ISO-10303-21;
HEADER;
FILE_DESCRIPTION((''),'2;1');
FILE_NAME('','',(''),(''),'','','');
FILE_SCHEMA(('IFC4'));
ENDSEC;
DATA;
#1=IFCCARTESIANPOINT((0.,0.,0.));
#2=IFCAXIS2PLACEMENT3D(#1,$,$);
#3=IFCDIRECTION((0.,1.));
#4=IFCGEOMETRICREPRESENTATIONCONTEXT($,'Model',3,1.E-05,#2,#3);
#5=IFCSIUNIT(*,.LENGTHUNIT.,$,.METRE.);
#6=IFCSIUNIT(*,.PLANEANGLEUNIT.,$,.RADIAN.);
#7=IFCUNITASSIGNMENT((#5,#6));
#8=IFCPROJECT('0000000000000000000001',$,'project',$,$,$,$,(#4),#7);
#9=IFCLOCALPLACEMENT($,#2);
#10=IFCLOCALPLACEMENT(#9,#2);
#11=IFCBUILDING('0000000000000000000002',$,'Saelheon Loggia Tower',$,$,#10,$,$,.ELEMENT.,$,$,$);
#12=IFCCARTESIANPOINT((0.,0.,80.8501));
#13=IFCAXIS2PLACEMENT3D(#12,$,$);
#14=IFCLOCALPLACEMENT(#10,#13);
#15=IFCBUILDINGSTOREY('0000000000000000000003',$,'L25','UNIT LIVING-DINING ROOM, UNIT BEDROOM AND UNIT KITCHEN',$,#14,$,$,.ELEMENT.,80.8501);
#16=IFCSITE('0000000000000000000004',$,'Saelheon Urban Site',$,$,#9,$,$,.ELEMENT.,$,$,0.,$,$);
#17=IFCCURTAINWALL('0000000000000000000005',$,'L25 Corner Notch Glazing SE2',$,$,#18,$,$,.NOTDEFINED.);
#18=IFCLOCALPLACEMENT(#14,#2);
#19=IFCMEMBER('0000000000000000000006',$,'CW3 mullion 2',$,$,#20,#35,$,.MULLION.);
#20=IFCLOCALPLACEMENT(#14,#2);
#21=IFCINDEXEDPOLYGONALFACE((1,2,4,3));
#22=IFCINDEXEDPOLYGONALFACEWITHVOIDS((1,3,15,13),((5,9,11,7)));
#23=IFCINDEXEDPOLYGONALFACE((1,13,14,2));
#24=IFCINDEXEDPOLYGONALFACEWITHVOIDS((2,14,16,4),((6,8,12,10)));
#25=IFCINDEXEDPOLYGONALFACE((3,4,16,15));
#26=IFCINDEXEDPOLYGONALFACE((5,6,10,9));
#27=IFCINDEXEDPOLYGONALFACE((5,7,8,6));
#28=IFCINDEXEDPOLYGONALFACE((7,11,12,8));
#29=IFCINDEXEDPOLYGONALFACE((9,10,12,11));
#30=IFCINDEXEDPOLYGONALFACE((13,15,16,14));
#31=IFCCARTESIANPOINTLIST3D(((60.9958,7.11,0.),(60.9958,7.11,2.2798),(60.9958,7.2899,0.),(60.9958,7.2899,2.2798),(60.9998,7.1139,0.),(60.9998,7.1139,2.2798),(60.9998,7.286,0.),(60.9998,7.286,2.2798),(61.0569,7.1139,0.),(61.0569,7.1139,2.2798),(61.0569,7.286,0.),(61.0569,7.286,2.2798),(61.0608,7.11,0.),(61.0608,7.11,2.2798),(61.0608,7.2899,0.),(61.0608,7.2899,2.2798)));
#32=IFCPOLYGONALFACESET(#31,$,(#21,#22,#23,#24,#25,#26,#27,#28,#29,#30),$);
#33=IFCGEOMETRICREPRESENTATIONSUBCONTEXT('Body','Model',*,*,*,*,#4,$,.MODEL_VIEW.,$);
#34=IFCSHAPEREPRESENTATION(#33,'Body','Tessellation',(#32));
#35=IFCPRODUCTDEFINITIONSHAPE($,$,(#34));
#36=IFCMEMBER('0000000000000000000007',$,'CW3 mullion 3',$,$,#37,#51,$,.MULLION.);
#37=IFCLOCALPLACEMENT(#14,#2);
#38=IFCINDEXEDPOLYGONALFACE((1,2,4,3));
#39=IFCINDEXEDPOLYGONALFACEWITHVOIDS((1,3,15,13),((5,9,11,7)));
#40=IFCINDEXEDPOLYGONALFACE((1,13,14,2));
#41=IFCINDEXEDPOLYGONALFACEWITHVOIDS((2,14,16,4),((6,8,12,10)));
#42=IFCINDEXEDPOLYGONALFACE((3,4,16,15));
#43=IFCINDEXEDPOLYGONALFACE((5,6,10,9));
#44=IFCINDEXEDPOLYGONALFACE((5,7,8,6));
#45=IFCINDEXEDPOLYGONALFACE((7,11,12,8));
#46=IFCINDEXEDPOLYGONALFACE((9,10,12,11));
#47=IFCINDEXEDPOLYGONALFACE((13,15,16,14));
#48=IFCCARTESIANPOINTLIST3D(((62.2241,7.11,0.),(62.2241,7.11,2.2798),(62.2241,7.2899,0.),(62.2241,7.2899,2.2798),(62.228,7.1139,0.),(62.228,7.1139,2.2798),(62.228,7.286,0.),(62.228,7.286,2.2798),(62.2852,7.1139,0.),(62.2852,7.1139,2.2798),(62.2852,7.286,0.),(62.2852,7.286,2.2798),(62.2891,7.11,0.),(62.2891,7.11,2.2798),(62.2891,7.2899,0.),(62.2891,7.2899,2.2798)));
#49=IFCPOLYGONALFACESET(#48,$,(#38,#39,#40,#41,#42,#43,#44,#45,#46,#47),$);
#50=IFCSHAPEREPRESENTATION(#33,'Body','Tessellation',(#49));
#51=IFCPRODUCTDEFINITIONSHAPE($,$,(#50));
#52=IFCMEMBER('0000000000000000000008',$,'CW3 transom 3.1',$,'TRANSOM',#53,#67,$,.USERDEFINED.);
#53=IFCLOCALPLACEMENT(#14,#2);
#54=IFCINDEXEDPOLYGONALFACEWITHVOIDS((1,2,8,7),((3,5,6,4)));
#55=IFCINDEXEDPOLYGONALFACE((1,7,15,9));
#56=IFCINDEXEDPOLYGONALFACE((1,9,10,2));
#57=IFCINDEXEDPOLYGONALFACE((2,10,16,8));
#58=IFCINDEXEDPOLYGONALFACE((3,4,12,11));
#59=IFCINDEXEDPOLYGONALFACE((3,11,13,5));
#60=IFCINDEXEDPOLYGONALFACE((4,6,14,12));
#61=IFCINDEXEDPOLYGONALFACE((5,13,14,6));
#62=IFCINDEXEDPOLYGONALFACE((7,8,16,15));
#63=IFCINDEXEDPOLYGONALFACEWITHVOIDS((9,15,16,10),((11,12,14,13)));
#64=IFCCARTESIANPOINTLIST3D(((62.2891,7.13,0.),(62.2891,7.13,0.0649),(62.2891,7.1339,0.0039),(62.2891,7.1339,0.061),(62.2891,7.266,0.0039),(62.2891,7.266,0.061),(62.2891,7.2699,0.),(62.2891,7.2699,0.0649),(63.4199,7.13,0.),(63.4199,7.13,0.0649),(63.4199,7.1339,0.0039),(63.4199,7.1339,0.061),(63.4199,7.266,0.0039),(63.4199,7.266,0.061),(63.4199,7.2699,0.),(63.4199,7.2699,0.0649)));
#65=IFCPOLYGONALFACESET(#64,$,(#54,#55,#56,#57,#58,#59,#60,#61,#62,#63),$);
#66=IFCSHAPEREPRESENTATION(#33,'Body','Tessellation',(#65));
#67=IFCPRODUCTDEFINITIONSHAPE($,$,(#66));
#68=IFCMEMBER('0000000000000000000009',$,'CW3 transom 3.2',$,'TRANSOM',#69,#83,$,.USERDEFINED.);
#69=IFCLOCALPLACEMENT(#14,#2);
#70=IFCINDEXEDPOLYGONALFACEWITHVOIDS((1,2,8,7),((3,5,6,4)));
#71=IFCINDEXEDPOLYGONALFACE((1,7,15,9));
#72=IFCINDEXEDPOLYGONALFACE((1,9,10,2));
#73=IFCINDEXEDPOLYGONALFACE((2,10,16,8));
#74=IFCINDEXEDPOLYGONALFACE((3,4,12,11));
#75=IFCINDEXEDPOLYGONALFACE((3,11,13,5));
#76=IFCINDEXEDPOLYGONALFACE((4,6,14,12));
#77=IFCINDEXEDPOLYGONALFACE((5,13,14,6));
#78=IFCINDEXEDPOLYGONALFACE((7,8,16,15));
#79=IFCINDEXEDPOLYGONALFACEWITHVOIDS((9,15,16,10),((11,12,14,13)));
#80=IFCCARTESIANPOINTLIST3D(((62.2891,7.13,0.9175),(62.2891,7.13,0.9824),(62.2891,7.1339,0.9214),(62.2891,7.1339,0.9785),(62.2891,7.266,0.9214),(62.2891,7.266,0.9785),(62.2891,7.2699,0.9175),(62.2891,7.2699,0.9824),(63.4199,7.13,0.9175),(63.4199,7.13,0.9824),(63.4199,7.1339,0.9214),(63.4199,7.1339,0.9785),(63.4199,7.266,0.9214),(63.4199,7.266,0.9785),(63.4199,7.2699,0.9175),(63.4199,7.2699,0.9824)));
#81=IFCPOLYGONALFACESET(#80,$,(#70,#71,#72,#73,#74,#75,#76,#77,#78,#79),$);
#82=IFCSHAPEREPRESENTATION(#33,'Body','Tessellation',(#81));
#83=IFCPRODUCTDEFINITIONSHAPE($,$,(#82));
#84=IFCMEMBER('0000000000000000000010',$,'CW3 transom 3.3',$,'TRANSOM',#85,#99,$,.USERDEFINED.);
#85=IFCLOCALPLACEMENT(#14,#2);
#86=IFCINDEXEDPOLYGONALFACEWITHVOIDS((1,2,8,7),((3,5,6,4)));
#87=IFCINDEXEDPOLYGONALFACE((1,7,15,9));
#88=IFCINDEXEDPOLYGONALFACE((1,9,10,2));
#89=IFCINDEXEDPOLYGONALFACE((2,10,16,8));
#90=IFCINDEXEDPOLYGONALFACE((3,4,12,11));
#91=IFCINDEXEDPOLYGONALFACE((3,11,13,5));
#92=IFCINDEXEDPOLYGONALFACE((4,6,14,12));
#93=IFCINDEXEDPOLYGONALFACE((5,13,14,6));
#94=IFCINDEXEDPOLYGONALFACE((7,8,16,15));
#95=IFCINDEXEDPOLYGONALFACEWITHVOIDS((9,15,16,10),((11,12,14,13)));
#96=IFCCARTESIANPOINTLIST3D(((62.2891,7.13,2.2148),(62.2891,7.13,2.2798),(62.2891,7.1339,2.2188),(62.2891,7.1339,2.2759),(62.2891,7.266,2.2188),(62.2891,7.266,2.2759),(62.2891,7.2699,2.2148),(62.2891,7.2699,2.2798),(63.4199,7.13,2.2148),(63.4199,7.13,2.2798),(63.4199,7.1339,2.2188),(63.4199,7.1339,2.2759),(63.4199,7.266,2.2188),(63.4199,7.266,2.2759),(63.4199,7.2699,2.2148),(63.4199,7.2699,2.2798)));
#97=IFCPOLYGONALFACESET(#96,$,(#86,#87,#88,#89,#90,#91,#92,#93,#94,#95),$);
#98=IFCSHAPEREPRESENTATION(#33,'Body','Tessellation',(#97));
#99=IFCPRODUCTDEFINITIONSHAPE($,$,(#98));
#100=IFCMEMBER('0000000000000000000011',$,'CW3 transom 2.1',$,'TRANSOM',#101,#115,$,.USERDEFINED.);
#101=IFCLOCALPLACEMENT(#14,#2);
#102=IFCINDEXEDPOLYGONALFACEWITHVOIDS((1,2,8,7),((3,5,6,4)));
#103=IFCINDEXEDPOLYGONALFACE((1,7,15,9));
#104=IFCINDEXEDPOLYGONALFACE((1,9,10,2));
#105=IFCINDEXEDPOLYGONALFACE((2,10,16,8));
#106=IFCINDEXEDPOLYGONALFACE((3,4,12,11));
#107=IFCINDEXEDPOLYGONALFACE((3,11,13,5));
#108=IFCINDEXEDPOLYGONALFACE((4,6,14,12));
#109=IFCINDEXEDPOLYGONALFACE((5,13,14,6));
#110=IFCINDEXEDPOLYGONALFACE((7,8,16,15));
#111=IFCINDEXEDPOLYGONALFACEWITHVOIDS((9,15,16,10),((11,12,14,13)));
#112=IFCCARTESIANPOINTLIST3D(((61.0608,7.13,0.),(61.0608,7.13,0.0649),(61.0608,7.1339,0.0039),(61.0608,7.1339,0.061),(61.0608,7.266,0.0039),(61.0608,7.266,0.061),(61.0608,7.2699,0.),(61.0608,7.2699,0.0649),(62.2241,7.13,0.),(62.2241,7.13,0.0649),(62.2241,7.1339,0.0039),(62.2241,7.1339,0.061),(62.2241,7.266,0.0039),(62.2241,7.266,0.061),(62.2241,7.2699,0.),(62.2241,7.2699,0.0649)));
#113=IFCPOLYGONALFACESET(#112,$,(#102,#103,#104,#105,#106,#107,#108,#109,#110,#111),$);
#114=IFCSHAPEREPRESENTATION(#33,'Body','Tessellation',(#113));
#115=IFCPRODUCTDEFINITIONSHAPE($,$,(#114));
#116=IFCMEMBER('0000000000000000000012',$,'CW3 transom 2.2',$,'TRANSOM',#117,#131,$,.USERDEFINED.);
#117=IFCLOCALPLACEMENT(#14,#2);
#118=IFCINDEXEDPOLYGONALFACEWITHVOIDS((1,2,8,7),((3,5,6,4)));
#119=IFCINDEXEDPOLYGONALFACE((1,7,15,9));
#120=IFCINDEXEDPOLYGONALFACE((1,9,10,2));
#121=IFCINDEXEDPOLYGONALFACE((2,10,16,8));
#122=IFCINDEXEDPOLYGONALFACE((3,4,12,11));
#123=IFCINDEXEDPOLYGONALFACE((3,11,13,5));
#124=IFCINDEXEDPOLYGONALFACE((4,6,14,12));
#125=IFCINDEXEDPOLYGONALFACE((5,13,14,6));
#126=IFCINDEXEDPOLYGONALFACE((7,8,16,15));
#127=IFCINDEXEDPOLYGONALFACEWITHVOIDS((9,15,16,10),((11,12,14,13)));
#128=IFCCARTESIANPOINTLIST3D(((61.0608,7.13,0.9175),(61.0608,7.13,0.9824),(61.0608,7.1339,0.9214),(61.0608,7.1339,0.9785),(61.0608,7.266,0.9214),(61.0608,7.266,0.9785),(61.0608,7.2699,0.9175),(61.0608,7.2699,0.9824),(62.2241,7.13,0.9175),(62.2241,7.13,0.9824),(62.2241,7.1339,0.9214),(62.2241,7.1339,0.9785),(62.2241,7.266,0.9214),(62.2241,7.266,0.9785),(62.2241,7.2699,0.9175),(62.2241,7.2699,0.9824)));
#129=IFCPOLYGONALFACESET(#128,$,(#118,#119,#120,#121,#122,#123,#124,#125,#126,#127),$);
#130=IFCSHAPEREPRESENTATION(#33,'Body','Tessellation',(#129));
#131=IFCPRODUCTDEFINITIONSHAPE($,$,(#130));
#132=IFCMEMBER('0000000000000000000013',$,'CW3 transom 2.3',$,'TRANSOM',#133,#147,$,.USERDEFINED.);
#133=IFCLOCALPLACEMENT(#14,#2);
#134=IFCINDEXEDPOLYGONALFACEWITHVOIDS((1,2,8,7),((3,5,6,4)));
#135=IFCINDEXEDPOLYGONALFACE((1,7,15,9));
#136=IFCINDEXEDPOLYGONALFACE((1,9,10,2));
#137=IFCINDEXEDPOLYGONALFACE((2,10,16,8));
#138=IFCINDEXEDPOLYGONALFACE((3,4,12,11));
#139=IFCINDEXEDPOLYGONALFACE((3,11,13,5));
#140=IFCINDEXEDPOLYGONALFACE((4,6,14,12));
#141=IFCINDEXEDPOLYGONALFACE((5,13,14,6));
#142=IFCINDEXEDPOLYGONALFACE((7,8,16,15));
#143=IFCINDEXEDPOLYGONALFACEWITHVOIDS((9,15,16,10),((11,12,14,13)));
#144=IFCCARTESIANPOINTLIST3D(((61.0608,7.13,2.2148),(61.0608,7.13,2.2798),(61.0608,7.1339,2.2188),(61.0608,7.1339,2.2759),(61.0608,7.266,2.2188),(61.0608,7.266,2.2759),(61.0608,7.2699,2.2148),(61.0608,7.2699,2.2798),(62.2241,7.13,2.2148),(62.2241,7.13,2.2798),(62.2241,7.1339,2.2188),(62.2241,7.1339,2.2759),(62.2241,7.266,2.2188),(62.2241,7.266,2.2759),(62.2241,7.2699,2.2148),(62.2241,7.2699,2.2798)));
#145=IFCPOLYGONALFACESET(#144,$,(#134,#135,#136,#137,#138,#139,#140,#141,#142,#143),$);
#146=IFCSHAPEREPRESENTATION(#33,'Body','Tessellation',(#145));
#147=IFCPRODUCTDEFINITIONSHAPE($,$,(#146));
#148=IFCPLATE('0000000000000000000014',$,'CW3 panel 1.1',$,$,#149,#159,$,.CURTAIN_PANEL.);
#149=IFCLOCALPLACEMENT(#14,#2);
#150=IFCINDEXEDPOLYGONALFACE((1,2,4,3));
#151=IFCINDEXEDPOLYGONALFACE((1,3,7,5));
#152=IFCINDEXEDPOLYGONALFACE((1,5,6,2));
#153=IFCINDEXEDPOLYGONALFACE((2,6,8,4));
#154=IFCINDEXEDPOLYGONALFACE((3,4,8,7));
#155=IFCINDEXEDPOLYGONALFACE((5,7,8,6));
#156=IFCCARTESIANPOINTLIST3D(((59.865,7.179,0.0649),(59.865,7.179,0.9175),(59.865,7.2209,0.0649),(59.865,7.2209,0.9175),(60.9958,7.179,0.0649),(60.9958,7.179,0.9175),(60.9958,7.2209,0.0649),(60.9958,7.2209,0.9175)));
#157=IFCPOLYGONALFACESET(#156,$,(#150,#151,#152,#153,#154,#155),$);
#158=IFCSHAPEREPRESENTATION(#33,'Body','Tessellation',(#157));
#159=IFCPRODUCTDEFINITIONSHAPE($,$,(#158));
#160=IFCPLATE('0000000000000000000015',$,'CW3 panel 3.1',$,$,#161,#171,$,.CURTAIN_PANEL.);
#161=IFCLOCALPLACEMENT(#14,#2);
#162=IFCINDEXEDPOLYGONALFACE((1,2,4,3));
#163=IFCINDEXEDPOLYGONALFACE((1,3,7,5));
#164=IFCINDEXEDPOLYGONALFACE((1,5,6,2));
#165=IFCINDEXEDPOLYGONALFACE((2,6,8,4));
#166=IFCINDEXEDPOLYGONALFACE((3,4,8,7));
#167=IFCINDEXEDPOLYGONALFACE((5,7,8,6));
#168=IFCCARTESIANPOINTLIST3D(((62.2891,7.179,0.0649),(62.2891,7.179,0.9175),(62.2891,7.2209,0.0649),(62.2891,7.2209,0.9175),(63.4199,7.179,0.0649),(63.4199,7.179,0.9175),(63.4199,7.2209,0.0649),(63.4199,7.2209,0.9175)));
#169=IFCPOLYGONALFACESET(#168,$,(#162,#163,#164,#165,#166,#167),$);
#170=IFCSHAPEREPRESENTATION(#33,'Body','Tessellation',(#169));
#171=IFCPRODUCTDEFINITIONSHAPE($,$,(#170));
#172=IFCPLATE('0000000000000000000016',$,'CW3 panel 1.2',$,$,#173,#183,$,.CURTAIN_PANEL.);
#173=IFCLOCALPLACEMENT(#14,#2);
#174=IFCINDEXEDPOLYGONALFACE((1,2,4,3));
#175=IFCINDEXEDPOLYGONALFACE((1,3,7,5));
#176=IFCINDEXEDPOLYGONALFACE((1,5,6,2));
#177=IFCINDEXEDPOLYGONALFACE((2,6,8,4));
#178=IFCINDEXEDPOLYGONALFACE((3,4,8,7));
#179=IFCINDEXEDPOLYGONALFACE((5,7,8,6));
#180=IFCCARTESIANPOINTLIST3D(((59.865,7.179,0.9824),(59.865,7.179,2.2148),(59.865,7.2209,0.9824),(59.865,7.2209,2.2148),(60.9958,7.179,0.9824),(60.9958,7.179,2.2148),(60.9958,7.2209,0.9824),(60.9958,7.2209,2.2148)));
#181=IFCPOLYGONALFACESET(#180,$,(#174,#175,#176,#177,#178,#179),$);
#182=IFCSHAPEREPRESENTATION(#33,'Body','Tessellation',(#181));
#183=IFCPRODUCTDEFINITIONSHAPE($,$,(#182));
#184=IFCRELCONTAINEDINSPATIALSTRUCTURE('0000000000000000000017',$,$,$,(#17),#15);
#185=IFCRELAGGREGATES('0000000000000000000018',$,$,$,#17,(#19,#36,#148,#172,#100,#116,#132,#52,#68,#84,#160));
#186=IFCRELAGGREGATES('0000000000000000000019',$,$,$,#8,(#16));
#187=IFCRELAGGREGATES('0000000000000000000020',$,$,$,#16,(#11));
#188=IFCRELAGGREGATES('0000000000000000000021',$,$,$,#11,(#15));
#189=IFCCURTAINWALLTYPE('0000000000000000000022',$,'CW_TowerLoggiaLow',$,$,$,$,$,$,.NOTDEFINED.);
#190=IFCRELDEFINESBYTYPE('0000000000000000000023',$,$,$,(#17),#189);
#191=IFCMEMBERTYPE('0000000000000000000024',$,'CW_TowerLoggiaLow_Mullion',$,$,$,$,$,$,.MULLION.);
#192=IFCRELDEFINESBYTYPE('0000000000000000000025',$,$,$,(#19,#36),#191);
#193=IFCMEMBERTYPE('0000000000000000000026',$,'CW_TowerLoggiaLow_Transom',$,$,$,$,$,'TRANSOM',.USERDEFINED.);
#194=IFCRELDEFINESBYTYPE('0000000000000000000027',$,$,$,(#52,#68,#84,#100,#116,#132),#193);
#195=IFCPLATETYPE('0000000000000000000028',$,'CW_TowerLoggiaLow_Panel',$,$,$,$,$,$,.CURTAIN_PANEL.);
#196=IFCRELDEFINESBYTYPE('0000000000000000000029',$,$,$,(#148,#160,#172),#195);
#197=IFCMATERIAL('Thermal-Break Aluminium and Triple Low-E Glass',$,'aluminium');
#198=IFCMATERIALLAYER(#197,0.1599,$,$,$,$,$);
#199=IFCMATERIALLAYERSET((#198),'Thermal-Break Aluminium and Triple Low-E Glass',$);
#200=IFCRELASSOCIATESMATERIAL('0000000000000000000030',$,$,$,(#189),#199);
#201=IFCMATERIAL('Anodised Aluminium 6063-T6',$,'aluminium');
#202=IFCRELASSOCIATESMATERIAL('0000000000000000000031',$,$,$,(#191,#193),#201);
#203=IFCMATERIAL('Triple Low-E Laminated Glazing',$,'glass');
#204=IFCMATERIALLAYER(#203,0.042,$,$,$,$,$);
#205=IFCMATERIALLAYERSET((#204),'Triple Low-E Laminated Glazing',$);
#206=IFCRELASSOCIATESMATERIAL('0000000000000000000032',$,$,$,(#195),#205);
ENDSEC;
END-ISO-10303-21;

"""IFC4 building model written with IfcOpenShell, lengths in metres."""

from ifc_helpers import new_model, si_unit, direction, frame, origin, origin_2d, place, context, subcontext, project, spatial, rectangle, hollow_rectangle, extrude, source, transform, mapped, material, layer, layer_set, material_profile, profile_set, type_object, element, aggregate, save


model = new_model("IFC4")

# Units and contexts
model_context = context("Model", 3, precision=1e-05, world=origin(), true_north=direction((0.0, 1.0)))
body_context = subcontext(model_context, "Body", "Model", "MODEL_VIEW")
ifc_project = project(units=[si_unit("LENGTHUNIT", "METRE"), si_unit("PLANEANGLEUNIT", "RADIAN")], contexts=[model_context])

# Site, building, storey
site_placement = place(None, origin())
site = spatial("IfcSite", under=ifc_project, at=site_placement, Name="Saelheon Urban Site", CompositionType="ELEMENT", RefElevation=0.0)
building_placement = place(site_placement, origin())
building = spatial("IfcBuilding", under=site, at=building_placement, Name="Saelheon Loggia Tower", CompositionType="ELEMENT")
storey_placement = place(building_placement, frame((0.0, 0.0, 80.8501)))
storey = spatial("IfcBuildingStorey", under=building, at=storey_placement, Name="L25", Description="UNIT LIVING-DINING ROOM, UNIT BEDROOM AND UNIT KITCHEN", CompositionType="ELEMENT", Elevation=80.8501)

# Curtain wall, members, plates
ifc_material_1 = material(Name="Thermal-Break Aluminium and Triple Low-E Glass", Category="aluminium")
ifc_layer_1 = layer(ifc_material_1, 0.1599)
ifc_layer_set_1 = layer_set([ifc_layer_1], Name="Thermal-Break Aluminium and Triple Low-E Glass")
curtain_wall_type = type_object("IfcCurtainWallType", Name="CW_TowerLoggiaLow", PredefinedType="NOTDEFINED", material=ifc_layer_set_1)
curtain_wall_placement = place(storey_placement, origin())
curtain_wall = element("IfcCurtainWall", 1, at=curtain_wall_placement, inside=storey, type_object=curtain_wall_type, Name="L25 Corner Notch Glazing SE2", PredefinedType="NOTDEFINED")
ifc_material_2 = material(Name="Anodised Aluminium 6063-T6", Category="aluminium")
ifc_material_profile_1 = material_profile(ifc_material_2, hollow_rectangle(XDim=0.0649, YDim=0.1799, WallThickness=0.0039, at=origin_2d()), Name="RHS-180x65x4")
ifc_profile_set_1 = profile_set([ifc_material_profile_1], Name="Anodised Aluminium 6063-T6")
member_type_1 = type_object("IfcMemberType", Name="CW_TowerLoggiaLow_Mullion", PredefinedType="MULLION", material=ifc_profile_set_1)
shared_shape_1 = source(origin(), body_context, "Body", "SweptSolid", [
    extrude(hollow_rectangle(XDim=0.0649, YDim=0.1799, WallThickness=0.0039, at=origin_2d()), origin(), (0.0, 0.0, 1.0), 2.2798),
])
member_1_placement = place(storey_placement, frame((61.0283, 7.2, 0.0), z_axis=(0.0, 0.0, 1.0), x_axis=(1.0, 0.0, 0.0)))
member_1 = element("IfcMember", 2, at=member_1_placement, type_object=member_type_1, Name="CW3 mullion 2", PredefinedType="MULLION", context=body_context, shape_type="MappedRepresentation", body=[
    mapped(shared_shape_1, transform((0.0, 0.0, 0.0), scale=1.0)),
])
member_2_placement = place(storey_placement, frame((62.2566, 7.2, 0.0), z_axis=(0.0, 0.0, 1.0), x_axis=(1.0, 0.0, 0.0)))
member_2 = element("IfcMember", 3, at=member_2_placement, type_object=member_type_1, Name="CW3 mullion 3", PredefinedType="MULLION", context=body_context, shape_type="MappedRepresentation", body=[
    mapped(shared_shape_1, transform((0.0, 0.0, 0.0), scale=1.0)),
])
ifc_material_profile_2 = material_profile(ifc_material_2, hollow_rectangle(XDim=0.0649, YDim=0.1399, WallThickness=0.0039, at=origin_2d()), Name="RHS-140x65x4")
ifc_profile_set_2 = profile_set([ifc_material_profile_2], Name="Anodised Aluminium 6063-T6")
member_type_2 = type_object("IfcMemberType", Name="CW_TowerLoggiaLow_Transom", ElementType="TRANSOM", PredefinedType="USERDEFINED", material=ifc_profile_set_2)
shared_shape_2 = source(origin(), body_context, "Body", "SweptSolid", [
    extrude(hollow_rectangle(XDim=0.0649, YDim=0.1399, WallThickness=0.0039, at=origin_2d()), origin(), (0.0, 0.0, 1.0), 1.1309),
])
member_3_placement = place(storey_placement, frame((62.2891, 7.2, 0.0325), z_axis=(1.0, 0.0, 0.0), x_axis=(0.0, 0.0, 1.0)))
member_3 = element("IfcMember", 4, at=member_3_placement, type_object=member_type_2, Name="CW3 transom 3.1", ObjectType="TRANSOM", PredefinedType="USERDEFINED", context=body_context, shape_type="MappedRepresentation", body=[
    mapped(shared_shape_2, transform((0.0, 0.0, 0.0), scale=1.0)),
])
member_4_placement = place(storey_placement, frame((62.2891, 7.2, 0.95), z_axis=(1.0, 0.0, 0.0), x_axis=(0.0, 0.0, 1.0)))
member_4 = element("IfcMember", 5, at=member_4_placement, type_object=member_type_2, Name="CW3 transom 3.2", ObjectType="TRANSOM", PredefinedType="USERDEFINED", context=body_context, shape_type="MappedRepresentation", body=[
    mapped(shared_shape_2, transform((0.0, 0.0, 0.0), scale=1.0)),
])
member_5_placement = place(storey_placement, frame((62.2891, 7.2, 2.2473), z_axis=(1.0, 0.0, 0.0), x_axis=(0.0, 0.0, 1.0)))
member_5 = element("IfcMember", 6, at=member_5_placement, type_object=member_type_2, Name="CW3 transom 3.3", ObjectType="TRANSOM", PredefinedType="USERDEFINED", context=body_context, shape_type="MappedRepresentation", body=[
    mapped(shared_shape_2, transform((0.0, 0.0, 0.0), scale=1.0)),
])
shared_shape_3 = source(origin(), body_context, "Body", "SweptSolid", [
    extrude(hollow_rectangle(XDim=0.0649, YDim=0.1399, WallThickness=0.0039, at=origin_2d()), origin(), (0.0, 0.0, 1.0), 1.1633),
])
member_6_placement = place(storey_placement, frame((61.0608, 7.2, 0.0325), z_axis=(1.0, 0.0, 0.0), x_axis=(0.0, 0.0, 1.0)))
member_6 = element("IfcMember", 7, at=member_6_placement, type_object=member_type_2, Name="CW3 transom 2.1", ObjectType="TRANSOM", PredefinedType="USERDEFINED", context=body_context, shape_type="MappedRepresentation", body=[
    mapped(shared_shape_3, transform((0.0, 0.0, 0.0), scale=1.0)),
])
member_7_placement = place(storey_placement, frame((61.0608, 7.2, 0.95), z_axis=(1.0, 0.0, 0.0), x_axis=(0.0, 0.0, 1.0)))
member_7 = element("IfcMember", 8, at=member_7_placement, type_object=member_type_2, Name="CW3 transom 2.2", ObjectType="TRANSOM", PredefinedType="USERDEFINED", context=body_context, shape_type="MappedRepresentation", body=[
    mapped(shared_shape_3, transform((0.0, 0.0, 0.0), scale=1.0)),
])
member_8_placement = place(storey_placement, frame((61.0608, 7.2, 2.2473), z_axis=(1.0, 0.0, 0.0), x_axis=(0.0, 0.0, 1.0)))
member_8 = element("IfcMember", 9, at=member_8_placement, type_object=member_type_2, Name="CW3 transom 2.3", ObjectType="TRANSOM", PredefinedType="USERDEFINED", context=body_context, shape_type="MappedRepresentation", body=[
    mapped(shared_shape_3, transform((0.0, 0.0, 0.0), scale=1.0)),
])
ifc_material_3 = material(Name="Triple Low-E Laminated Glazing", Category="glass")
ifc_layer_2 = layer(ifc_material_3, 0.042)
ifc_layer_set_2 = layer_set([ifc_layer_2], Name="Triple Low-E Laminated Glazing")
plate_type = type_object("IfcPlateType", Name="CW_TowerLoggiaLow_Panel", PredefinedType="CURTAIN_PANEL", material=ifc_layer_set_2)
shared_shape_4 = source(origin(), body_context, "Body", "SweptSolid", [
    extrude(rectangle(XDim=1.1309, YDim=0.042, at=origin_2d()), origin(), (0.0, 0.0, 1.0), 0.8525),
])
plate_1_placement = place(storey_placement, frame((60.4304, 7.2, 0.0649), z_axis=(0.0, 0.0, 1.0), x_axis=(1.0, 0.0, 0.0)))
plate_1 = element("IfcPlate", 10, at=plate_1_placement, type_object=plate_type, Name="CW3 panel 1.1", PredefinedType="CURTAIN_PANEL", context=body_context, shape_type="MappedRepresentation", body=[
    mapped(shared_shape_4, transform((0.0, 0.0, 0.0), scale=1.0)),
])
plate_2_placement = place(storey_placement, frame((62.8545, 7.2, 0.0649), z_axis=(0.0, 0.0, 1.0), x_axis=(1.0, 0.0, 0.0)))
plate_2 = element("IfcPlate", 11, at=plate_2_placement, type_object=plate_type, Name="CW3 panel 3.1", PredefinedType="CURTAIN_PANEL", context=body_context, shape_type="MappedRepresentation", body=[
    mapped(shared_shape_4, transform((0.0, 0.0, 0.0), scale=1.0)),
])
shared_shape_5 = source(origin(), body_context, "Body", "SweptSolid", [
    extrude(rectangle(XDim=1.1309, YDim=0.042, at=origin_2d()), origin(), (0.0, 0.0, 1.0), 1.2324),
])
plate_3_placement = place(storey_placement, frame((60.4304, 7.2, 0.9824), z_axis=(0.0, 0.0, 1.0), x_axis=(1.0, 0.0, 0.0)))
plate_3 = element("IfcPlate", 12, at=plate_3_placement, type_object=plate_type, Name="CW3 panel 1.2", PredefinedType="CURTAIN_PANEL", context=body_context, shape_type="MappedRepresentation", body=[
    mapped(shared_shape_5, transform((0.0, 0.0, 0.0), scale=1.0)),
])
aggregate(curtain_wall, [member_1, member_2, plate_1, plate_3, member_6, member_7, member_8, member_3, member_4, member_5, plate_2])

save(model, "model.ifc")
